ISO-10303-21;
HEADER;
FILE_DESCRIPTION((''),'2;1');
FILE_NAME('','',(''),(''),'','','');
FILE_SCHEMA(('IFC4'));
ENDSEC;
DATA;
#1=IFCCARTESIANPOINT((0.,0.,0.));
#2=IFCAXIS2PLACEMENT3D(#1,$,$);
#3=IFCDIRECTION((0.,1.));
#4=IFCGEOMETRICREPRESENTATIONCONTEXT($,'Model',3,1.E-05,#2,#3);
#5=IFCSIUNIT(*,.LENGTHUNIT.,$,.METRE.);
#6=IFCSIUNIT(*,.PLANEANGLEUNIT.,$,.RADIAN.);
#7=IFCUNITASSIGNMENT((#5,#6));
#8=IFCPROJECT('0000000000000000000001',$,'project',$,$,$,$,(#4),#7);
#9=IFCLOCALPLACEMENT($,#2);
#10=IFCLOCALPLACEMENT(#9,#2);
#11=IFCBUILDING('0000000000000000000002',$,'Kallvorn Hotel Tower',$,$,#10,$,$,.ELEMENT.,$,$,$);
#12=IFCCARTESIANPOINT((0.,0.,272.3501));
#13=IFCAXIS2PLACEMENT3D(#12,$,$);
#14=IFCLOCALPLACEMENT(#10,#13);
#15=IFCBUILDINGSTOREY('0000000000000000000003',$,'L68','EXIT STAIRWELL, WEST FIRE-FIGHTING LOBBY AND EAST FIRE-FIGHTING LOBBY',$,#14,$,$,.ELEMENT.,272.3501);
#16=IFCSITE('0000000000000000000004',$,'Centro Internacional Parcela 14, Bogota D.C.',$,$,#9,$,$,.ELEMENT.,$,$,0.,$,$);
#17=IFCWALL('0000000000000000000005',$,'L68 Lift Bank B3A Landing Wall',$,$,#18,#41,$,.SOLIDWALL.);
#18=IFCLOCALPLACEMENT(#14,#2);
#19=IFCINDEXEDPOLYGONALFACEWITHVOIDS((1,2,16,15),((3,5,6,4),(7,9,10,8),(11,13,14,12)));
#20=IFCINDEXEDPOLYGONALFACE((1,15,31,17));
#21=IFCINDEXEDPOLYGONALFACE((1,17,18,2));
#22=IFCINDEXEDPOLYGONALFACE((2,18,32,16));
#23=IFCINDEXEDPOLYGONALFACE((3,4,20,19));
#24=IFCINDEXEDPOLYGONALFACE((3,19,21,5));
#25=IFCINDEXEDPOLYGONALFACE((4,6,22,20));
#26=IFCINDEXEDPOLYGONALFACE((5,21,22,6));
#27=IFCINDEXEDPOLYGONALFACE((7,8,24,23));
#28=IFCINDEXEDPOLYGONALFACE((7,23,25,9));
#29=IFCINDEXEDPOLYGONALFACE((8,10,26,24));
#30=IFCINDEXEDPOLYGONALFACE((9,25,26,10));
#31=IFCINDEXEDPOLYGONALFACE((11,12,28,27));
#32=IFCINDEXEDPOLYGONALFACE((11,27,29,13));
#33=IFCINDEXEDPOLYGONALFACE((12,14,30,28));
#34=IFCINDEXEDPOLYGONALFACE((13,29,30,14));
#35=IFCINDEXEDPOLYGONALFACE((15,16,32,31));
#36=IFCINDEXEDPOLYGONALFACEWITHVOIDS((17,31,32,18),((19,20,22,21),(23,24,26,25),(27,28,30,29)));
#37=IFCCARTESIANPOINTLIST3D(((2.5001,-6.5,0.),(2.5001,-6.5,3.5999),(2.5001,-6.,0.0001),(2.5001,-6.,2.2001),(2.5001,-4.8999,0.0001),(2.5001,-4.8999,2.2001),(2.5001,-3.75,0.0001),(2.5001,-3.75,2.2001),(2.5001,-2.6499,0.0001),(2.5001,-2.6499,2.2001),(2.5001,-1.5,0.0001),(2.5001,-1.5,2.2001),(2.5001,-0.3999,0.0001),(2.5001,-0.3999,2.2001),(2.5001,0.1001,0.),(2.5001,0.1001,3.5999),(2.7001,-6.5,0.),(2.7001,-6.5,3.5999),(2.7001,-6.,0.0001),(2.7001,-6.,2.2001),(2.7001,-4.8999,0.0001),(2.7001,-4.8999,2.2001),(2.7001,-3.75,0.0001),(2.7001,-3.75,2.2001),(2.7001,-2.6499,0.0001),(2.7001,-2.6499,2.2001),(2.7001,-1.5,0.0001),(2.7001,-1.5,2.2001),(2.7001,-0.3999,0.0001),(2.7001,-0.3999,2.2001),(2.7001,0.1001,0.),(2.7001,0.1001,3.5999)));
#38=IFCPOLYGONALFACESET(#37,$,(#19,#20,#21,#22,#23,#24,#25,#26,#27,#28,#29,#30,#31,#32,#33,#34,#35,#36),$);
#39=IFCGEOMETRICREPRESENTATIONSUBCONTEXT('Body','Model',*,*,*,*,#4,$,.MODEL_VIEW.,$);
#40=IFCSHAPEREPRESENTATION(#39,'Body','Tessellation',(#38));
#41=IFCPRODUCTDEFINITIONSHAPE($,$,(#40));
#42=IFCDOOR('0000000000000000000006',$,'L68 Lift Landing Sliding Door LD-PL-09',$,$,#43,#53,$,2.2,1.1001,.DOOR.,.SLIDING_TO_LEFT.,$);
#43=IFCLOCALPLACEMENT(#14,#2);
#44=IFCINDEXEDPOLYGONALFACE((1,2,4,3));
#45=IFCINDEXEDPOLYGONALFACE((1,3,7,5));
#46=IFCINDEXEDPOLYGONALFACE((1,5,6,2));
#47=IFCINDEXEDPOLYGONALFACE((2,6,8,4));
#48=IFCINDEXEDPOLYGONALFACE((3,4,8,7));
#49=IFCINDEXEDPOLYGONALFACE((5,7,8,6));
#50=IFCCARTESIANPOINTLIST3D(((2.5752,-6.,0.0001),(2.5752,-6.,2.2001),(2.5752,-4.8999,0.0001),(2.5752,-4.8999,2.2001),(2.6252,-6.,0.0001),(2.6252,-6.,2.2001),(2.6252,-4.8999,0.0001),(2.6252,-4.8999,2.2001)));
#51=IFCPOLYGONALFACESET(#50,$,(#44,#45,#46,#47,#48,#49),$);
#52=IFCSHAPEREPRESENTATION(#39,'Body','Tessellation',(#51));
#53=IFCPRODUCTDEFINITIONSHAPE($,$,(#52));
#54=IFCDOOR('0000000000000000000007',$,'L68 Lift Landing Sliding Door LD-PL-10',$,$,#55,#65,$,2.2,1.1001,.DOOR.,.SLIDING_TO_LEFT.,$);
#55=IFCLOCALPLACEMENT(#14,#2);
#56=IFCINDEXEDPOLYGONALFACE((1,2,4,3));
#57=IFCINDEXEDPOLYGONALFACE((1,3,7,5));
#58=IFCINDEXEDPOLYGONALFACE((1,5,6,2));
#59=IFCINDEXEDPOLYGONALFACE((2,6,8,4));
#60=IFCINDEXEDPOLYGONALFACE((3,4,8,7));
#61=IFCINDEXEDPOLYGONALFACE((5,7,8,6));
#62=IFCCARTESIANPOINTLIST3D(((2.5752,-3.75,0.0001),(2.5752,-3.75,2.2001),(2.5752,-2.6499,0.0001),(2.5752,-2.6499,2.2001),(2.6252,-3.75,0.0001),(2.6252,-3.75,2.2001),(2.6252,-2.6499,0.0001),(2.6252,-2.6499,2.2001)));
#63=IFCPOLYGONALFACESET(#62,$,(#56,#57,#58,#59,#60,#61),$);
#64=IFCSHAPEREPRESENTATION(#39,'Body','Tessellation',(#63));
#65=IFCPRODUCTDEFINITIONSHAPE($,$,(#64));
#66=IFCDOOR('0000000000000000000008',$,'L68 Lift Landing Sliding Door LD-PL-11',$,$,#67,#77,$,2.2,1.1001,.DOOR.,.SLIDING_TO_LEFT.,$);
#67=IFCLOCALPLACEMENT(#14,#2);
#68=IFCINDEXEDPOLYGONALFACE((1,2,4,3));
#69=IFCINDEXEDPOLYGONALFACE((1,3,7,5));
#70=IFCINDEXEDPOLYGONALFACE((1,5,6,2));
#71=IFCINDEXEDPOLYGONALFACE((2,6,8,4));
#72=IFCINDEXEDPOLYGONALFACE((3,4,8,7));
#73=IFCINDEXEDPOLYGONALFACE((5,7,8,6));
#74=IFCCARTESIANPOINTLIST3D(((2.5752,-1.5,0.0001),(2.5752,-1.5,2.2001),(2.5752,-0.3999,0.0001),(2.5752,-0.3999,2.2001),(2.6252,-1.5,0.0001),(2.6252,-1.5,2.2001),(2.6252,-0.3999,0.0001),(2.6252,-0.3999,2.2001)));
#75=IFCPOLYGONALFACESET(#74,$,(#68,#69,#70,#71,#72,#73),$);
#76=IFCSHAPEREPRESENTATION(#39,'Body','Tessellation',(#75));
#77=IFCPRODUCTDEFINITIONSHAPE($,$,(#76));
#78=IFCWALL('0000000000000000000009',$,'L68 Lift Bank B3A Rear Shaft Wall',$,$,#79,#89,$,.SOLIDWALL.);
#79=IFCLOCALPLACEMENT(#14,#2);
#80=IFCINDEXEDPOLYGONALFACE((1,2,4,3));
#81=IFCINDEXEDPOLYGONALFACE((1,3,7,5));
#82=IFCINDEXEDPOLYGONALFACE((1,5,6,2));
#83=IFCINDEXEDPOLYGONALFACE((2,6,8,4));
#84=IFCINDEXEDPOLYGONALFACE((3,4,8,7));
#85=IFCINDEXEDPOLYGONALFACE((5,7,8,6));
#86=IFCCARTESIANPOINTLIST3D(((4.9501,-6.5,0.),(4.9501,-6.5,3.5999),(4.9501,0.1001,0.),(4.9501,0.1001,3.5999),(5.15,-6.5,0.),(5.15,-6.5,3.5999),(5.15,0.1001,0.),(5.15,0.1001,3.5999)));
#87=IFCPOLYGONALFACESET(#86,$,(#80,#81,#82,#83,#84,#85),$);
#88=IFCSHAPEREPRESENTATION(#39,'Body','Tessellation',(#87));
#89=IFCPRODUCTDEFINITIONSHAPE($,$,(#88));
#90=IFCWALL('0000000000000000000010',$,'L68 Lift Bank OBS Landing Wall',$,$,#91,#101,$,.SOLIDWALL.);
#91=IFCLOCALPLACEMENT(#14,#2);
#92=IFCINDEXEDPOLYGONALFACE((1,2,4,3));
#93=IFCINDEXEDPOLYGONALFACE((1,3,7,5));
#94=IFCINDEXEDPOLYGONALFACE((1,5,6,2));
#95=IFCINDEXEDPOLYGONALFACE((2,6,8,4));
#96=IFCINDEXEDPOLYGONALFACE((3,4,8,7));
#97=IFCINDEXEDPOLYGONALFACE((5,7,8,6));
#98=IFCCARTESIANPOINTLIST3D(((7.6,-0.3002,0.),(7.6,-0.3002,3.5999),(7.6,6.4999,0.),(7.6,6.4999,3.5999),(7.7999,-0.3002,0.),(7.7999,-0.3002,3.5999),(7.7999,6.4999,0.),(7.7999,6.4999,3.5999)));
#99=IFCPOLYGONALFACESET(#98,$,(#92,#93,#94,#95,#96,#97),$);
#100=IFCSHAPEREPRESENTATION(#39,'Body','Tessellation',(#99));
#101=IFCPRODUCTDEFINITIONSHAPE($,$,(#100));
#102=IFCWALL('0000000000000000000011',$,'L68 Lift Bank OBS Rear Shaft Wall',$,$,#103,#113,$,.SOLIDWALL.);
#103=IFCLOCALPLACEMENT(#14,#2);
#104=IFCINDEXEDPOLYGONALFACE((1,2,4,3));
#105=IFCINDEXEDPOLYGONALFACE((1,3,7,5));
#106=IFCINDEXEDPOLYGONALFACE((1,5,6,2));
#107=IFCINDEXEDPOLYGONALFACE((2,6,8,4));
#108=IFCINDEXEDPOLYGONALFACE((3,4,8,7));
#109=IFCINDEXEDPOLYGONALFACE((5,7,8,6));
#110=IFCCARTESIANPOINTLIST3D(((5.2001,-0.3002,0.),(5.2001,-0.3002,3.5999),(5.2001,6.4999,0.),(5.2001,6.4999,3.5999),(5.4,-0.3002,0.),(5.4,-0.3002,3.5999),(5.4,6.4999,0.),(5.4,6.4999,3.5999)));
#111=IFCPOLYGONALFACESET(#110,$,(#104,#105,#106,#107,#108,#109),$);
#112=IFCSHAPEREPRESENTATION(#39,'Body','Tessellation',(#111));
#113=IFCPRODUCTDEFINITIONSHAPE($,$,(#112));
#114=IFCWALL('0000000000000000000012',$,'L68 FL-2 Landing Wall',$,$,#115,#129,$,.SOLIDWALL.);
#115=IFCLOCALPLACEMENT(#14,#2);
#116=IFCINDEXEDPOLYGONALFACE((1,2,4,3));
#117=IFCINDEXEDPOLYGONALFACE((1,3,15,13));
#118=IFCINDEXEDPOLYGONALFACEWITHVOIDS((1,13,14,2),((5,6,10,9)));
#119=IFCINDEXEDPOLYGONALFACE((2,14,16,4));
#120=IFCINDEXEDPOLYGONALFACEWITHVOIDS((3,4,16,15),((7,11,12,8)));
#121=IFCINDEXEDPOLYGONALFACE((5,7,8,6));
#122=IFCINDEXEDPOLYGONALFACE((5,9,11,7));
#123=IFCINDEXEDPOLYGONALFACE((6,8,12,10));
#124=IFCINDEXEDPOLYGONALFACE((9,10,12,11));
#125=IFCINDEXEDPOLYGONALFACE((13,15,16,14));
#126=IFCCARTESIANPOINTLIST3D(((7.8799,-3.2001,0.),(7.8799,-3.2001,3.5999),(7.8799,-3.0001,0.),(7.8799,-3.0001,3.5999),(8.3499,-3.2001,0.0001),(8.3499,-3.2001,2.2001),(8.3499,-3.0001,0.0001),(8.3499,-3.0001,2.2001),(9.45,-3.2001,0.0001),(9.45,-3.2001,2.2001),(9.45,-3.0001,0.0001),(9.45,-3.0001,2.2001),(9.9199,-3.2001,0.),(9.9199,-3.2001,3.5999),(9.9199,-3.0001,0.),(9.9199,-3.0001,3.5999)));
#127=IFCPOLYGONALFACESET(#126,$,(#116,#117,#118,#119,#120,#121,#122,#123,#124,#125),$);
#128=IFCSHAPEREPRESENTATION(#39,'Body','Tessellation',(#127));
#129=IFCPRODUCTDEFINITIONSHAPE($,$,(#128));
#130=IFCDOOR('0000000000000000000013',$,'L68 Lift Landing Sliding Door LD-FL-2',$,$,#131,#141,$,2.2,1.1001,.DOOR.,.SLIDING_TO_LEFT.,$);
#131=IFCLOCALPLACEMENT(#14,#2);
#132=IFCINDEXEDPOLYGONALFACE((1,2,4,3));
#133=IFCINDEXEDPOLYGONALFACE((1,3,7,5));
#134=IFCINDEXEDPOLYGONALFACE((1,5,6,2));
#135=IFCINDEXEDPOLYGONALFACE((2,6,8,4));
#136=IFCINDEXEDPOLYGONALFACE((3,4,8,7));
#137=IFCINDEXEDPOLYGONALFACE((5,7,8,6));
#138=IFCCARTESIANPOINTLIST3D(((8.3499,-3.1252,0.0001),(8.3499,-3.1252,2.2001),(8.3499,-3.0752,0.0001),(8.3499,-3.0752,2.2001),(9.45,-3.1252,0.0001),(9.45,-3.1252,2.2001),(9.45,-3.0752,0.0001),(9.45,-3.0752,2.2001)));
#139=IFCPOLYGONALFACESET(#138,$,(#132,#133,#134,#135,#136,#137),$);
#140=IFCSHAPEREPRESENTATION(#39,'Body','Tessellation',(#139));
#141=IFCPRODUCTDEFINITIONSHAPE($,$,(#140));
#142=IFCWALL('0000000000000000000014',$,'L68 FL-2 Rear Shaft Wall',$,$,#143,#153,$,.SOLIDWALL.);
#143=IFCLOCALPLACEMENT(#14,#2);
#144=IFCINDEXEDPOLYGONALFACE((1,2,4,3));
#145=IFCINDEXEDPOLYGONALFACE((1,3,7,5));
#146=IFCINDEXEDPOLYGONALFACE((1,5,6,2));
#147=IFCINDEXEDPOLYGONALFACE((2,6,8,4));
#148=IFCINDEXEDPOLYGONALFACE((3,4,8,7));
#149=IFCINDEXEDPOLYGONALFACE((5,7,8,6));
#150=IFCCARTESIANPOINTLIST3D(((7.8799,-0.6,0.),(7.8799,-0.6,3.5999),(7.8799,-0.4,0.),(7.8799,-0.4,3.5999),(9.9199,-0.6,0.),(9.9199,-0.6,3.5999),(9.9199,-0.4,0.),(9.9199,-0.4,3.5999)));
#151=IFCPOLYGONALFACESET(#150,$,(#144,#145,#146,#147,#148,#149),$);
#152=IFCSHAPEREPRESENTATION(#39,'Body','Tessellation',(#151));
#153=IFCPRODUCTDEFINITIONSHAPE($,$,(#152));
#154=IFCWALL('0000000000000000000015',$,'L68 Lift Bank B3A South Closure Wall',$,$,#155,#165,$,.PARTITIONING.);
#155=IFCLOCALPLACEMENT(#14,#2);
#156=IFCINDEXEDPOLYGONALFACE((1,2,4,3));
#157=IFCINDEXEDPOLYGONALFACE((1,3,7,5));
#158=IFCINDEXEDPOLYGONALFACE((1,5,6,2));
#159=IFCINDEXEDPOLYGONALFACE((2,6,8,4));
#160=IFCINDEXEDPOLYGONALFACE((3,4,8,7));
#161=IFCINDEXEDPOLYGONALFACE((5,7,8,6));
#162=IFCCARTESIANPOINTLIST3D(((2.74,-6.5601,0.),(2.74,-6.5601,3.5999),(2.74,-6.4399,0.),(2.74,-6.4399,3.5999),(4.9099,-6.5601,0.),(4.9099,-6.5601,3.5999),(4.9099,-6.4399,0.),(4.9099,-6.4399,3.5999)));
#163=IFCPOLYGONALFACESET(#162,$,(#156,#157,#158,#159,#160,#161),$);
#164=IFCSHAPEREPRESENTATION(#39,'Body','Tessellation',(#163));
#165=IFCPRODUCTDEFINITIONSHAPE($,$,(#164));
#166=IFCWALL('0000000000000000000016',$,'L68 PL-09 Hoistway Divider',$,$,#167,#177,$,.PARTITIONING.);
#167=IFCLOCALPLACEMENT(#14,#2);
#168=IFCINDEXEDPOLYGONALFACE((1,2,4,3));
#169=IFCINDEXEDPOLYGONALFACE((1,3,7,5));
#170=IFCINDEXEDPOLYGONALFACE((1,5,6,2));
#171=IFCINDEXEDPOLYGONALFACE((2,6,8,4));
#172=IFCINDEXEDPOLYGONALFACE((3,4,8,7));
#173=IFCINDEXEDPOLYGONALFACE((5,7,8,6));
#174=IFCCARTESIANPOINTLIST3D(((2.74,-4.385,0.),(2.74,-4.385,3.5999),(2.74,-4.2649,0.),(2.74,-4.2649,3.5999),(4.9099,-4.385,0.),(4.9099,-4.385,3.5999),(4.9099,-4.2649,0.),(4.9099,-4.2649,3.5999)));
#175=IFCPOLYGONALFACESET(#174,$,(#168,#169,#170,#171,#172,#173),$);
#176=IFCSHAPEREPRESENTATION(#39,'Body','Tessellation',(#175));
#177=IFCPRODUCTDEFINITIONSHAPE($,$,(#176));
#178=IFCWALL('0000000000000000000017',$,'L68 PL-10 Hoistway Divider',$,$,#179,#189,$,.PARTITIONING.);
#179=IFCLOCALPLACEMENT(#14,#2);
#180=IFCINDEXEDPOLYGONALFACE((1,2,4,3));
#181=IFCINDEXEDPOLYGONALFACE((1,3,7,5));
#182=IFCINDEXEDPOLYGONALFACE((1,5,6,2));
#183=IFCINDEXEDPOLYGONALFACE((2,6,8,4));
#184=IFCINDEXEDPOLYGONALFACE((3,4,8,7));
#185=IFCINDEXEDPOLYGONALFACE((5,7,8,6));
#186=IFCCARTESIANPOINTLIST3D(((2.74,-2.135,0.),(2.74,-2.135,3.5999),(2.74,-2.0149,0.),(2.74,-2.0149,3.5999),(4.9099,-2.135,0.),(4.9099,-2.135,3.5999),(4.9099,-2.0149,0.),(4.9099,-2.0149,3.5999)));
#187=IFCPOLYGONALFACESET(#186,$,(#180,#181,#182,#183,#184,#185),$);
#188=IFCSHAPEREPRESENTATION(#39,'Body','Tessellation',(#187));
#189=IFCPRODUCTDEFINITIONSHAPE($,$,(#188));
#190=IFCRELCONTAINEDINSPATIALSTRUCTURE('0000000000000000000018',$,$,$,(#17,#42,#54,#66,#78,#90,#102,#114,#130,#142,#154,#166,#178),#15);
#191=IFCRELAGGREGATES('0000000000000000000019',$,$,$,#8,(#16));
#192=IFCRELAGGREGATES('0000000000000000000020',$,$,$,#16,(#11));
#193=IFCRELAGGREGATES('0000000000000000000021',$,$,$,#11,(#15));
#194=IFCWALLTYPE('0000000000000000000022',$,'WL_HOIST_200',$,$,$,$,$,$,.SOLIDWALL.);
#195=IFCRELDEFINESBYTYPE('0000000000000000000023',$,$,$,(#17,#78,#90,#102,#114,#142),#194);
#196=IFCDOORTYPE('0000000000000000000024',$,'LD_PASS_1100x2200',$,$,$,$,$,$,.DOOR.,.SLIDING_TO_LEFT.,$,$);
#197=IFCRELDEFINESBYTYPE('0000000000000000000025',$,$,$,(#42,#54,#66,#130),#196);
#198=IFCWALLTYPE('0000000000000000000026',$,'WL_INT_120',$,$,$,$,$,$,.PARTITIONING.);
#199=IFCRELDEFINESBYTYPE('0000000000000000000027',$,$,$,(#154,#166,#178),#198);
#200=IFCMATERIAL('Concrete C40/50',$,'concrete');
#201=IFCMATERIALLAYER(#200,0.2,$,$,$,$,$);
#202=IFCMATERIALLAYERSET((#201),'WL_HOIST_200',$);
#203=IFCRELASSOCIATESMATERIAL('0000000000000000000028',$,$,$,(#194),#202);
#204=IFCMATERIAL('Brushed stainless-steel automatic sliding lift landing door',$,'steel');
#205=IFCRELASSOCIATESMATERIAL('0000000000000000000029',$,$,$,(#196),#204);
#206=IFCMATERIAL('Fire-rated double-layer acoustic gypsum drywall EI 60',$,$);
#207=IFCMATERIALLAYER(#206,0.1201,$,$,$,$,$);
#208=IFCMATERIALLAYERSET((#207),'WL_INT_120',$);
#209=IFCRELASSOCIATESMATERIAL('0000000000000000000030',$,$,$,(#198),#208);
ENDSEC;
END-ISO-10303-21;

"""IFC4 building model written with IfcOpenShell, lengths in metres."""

from ifc_helpers import new_model, si_unit, direction, frame, frame_2d, origin, place, context, subcontext, project, spatial, rectangle, extrude, material, layer, layer_set, type_object, element, fill, save


model = new_model("IFC4")

# Units and contexts
model_context = context("Model", 3, precision=1e-05, world=origin(), true_north=direction((0.0, 1.0)))
body_context = subcontext(model_context, "Body", "Model", "MODEL_VIEW")
ifc_project = project(units=[si_unit("LENGTHUNIT", "METRE"), si_unit("PLANEANGLEUNIT", "RADIAN")], contexts=[model_context])

# Site, building, storey
site_placement = place(None, origin())
site = spatial("IfcSite", under=ifc_project, at=site_placement, Name="Centro Internacional Parcela 14, Bogota D.C.", CompositionType="ELEMENT", RefElevation=0.0)
building_placement = place(site_placement, origin())
building = spatial("IfcBuilding", under=site, at=building_placement, Name="Kallvorn Hotel Tower", CompositionType="ELEMENT")
storey_placement = place(building_placement, frame((0.0, 0.0, 272.3501)))
storey = spatial("IfcBuildingStorey", under=building, at=storey_placement, Name="L68", Description="EXIT STAIRWELL, WEST FIRE-FIGHTING LOBBY AND EAST FIRE-FIGHTING LOBBY", CompositionType="ELEMENT", Elevation=272.3501)

# Shared definitions
ifc_material_1 = material(Name="Concrete C40/50", Category="concrete")
ifc_layer_1 = layer(ifc_material_1, 0.2)
ifc_layer_set_1 = layer_set([ifc_layer_1], Name="WL_HOIST_200")
wall_type_1 = type_object("IfcWallType", Name="WL_HOIST_200", PredefinedType="SOLIDWALL", material=ifc_layer_set_1)

# Wall, openings, doors
wall_1_placement = place(storey_placement, frame((2.6001, -6.5, 0.0), z_axis=(0.0, 0.0, 1.0), x_axis=(0.0, 1.0, 0.0)))
wall_1 = element("IfcWall", 1, at=wall_1_placement, inside=storey, type_object=wall_type_1, Name="L68 Lift Bank B3A Landing Wall", PredefinedType="SOLIDWALL", context=body_context, shape_type="SweptSolid", body=[
    extrude(rectangle(XDim=6.6001, YDim=0.2, at=frame_2d((3.3, 0.0))), origin(), (0.0, 0.0, 1.0), 3.5999),
])
opening_1_placement = place(wall_1_placement, frame((0.5, 0.0, 0.0)))
opening_1 = element("IfcOpeningElement", 2, at=opening_1_placement, cuts=wall_1, PredefinedType="OPENING", context=body_context, shape_type="SweptSolid", body=[
    extrude(rectangle(XDim=1.1001, YDim=2.2, at=frame_2d((0.55, 1.1001))), frame((0.0, 0.115, 0.0), z_axis=(0.0, -1.0, 0.0), x_axis=(1.0, 0.0, 0.0)), (0.0, 0.0, 1.0), 0.23),
])
opening_2_placement = place(wall_1_placement, frame((2.75, 0.0, 0.0)))
opening_2 = element("IfcOpeningElement", 3, at=opening_2_placement, cuts=wall_1, PredefinedType="OPENING", context=body_context, shape_type="SweptSolid", body=[
    extrude(rectangle(XDim=1.1001, YDim=2.2, at=frame_2d((0.55, 1.1001))), frame((0.0, 0.115, 0.0), z_axis=(0.0, -1.0, 0.0), x_axis=(1.0, 0.0, 0.0)), (0.0, 0.0, 1.0), 0.23),
])
opening_3_placement = place(wall_1_placement, frame((5.0, 0.0, 0.0)))
opening_3 = element("IfcOpeningElement", 4, at=opening_3_placement, cuts=wall_1, PredefinedType="OPENING", context=body_context, shape_type="SweptSolid", body=[
    extrude(rectangle(XDim=1.1001, YDim=2.2, at=frame_2d((0.55, 1.1001))), frame((0.0, 0.115, 0.0), z_axis=(0.0, -1.0, 0.0), x_axis=(1.0, 0.0, 0.0)), (0.0, 0.0, 1.0), 0.23),
])
ifc_material_2 = material(Name="Brushed stainless-steel automatic sliding lift landing door", Category="steel")
door_type_1 = type_object("IfcDoorType", Name="LD_PASS_1100x2200", OperationType="SLIDING_TO_LEFT", PredefinedType="DOOR", material=ifc_material_2)
door_1_placement = place(opening_1_placement, origin())
door_1 = element("IfcDoor", 5, at=door_1_placement, inside=storey, type_object=door_type_1, Name="L68 Lift Landing Sliding Door LD-PL-09", OperationType="SLIDING_TO_LEFT", OverallHeight=2.2, OverallWidth=1.1001, PredefinedType="DOOR", context=body_context, shape_type="SweptSolid", body=[
    extrude(rectangle(XDim=1.1001, YDim=2.2, at=frame_2d((0.55, 1.1001))), frame((0.0, 0.0249, 0.0), z_axis=(0.0, -1.0, 0.0), x_axis=(1.0, 0.0, 0.0)), (0.0, 0.0, 1.0), 0.05),
])
fill(opening_1, door_1)
door_2_placement = place(opening_2_placement, origin())
door_2 = element("IfcDoor", 6, at=door_2_placement, inside=storey, type_object=door_type_1, Name="L68 Lift Landing Sliding Door LD-PL-10", OperationType="SLIDING_TO_LEFT", OverallHeight=2.2, OverallWidth=1.1001, PredefinedType="DOOR", context=body_context, shape_type="SweptSolid", body=[
    extrude(rectangle(XDim=1.1001, YDim=2.2, at=frame_2d((0.55, 1.1001))), frame((0.0, 0.0249, 0.0), z_axis=(0.0, -1.0, 0.0), x_axis=(1.0, 0.0, 0.0)), (0.0, 0.0, 1.0), 0.05),
])
fill(opening_2, door_2)
door_3_placement = place(opening_3_placement, origin())
door_3 = element("IfcDoor", 7, at=door_3_placement, inside=storey, type_object=door_type_1, Name="L68 Lift Landing Sliding Door LD-PL-11", OperationType="SLIDING_TO_LEFT", OverallHeight=2.2, OverallWidth=1.1001, PredefinedType="DOOR", context=body_context, shape_type="SweptSolid", body=[
    extrude(rectangle(XDim=1.1001, YDim=2.2, at=frame_2d((0.55, 1.1001))), frame((0.0, 0.0249, 0.0), z_axis=(0.0, -1.0, 0.0), x_axis=(1.0, 0.0, 0.0)), (0.0, 0.0, 1.0), 0.05),
])
fill(opening_3, door_3)

# Walls
wall_2_placement = place(storey_placement, frame((5.05, -6.5, 0.0), z_axis=(0.0, 0.0, 1.0), x_axis=(0.0, 1.0, 0.0)))
element("IfcWall", 8, at=wall_2_placement, inside=storey, type_object=wall_type_1, Name="L68 Lift Bank B3A Rear Shaft Wall", PredefinedType="SOLIDWALL", context=body_context, shape_type="SweptSolid", body=[
    extrude(rectangle(XDim=6.6001, YDim=0.2, at=frame_2d((3.3, 0.0))), origin(), (0.0, 0.0, 1.0), 3.5999),
])
for number, where, z_axis, x_axis, name in (
    (9, (7.7, -0.3, 0.0), (0.0, 0.0, 1.0), (0.0, 1.0, 0.0), "L68 Lift Bank OBS Landing Wall"),
    (10, (5.3, -0.3, 0.0), (0.0, 0.0, 1.0), (0.0, 1.0, 0.0), "L68 Lift Bank OBS Rear Shaft Wall"),
):
    element("IfcWall", number, at=place(storey_placement, frame(where, z_axis=z_axis, x_axis=x_axis)), inside=storey, type_object=wall_type_1, Name=name, PredefinedType="SOLIDWALL", context=body_context, shape_type="SweptSolid", body=[
        extrude(rectangle(XDim=6.8, YDim=0.2, at=frame_2d((3.3999, 0.0))), origin(), (0.0, 0.0, 1.0), 3.5999),
    ])

# Wall, opening, door
wall_3_placement = place(storey_placement, frame((7.8799, -3.1001, 0.0), z_axis=(0.0, 0.0, 1.0), x_axis=(1.0, 0.0, 0.0)))
wall_3 = element("IfcWall", 11, at=wall_3_placement, inside=storey, type_object=wall_type_1, Name="L68 FL-2 Landing Wall", PredefinedType="SOLIDWALL", context=body_context, shape_type="SweptSolid", body=[
    extrude(rectangle(XDim=2.04, YDim=0.2, at=frame_2d((1.02, 0.0))), origin(), (0.0, 0.0, 1.0), 3.5999),
])
opening_4_placement = place(wall_3_placement, frame((0.47, 0.0, 0.0)))
opening_4 = element("IfcOpeningElement", 12, at=opening_4_placement, cuts=wall_3, PredefinedType="OPENING", context=body_context, shape_type="SweptSolid", body=[
    extrude(rectangle(XDim=1.1001, YDim=2.2, at=frame_2d((0.55, 1.1001))), frame((0.0, 0.115, 0.0), z_axis=(0.0, -1.0, 0.0), x_axis=(1.0, 0.0, 0.0)), (0.0, 0.0, 1.0), 0.23),
])
door_4_placement = place(opening_4_placement, origin())
door_4 = element("IfcDoor", 13, at=door_4_placement, inside=storey, type_object=door_type_1, Name="L68 Lift Landing Sliding Door LD-FL-2", OperationType="SLIDING_TO_LEFT", OverallHeight=2.2, OverallWidth=1.1001, PredefinedType="DOOR", context=body_context, shape_type="SweptSolid", body=[
    extrude(rectangle(XDim=1.1001, YDim=2.2, at=frame_2d((0.55, 1.1001))), frame((0.0, 0.0249, 0.0), z_axis=(0.0, -1.0, 0.0), x_axis=(1.0, 0.0, 0.0)), (0.0, 0.0, 1.0), 0.05),
])
fill(opening_4, door_4)

# Walls
wall_4_placement = place(storey_placement, frame((7.8799, -0.5, 0.0), z_axis=(0.0, 0.0, 1.0), x_axis=(1.0, 0.0, 0.0)))
element("IfcWall", 14, at=wall_4_placement, inside=storey, type_object=wall_type_1, Name="L68 FL-2 Rear Shaft Wall", PredefinedType="SOLIDWALL", context=body_context, shape_type="SweptSolid", body=[
    extrude(rectangle(XDim=2.04, YDim=0.2, at=frame_2d((1.02, 0.0))), origin(), (0.0, 0.0, 1.0), 3.5999),
])
ifc_material_3 = material(Name="Fire-rated double-layer acoustic gypsum drywall EI 60")
ifc_layer_2 = layer(ifc_material_3, 0.1201)
ifc_layer_set_2 = layer_set([ifc_layer_2], Name="WL_INT_120")
wall_type_2 = type_object("IfcWallType", Name="WL_INT_120", PredefinedType="PARTITIONING", material=ifc_layer_set_2)
for number, where, z_axis, x_axis, name in (
    (15, (2.74, -6.5, 0.0), (0.0, 0.0, 1.0), (1.0, 0.0, 0.0), "L68 Lift Bank B3A South Closure Wall"),
    (16, (2.74, -4.325, 0.0), (0.0, 0.0, 1.0), (1.0, 0.0, 0.0), "L68 PL-09 Hoistway Divider"),
    (17, (2.74, -2.075, 0.0), (0.0, 0.0, 1.0), (1.0, 0.0, 0.0), "L68 PL-10 Hoistway Divider"),
):
    element("IfcWall", number, at=place(storey_placement, frame(where, z_axis=z_axis, x_axis=x_axis)), inside=storey, type_object=wall_type_2, Name=name, PredefinedType="PARTITIONING", context=body_context, shape_type="SweptSolid", body=[
        extrude(rectangle(XDim=2.1699, YDim=0.1201, at=frame_2d((1.085, 0.0))), origin(), (0.0, 0.0, 1.0), 3.5999),
    ])

save(model, "model.ifc")
